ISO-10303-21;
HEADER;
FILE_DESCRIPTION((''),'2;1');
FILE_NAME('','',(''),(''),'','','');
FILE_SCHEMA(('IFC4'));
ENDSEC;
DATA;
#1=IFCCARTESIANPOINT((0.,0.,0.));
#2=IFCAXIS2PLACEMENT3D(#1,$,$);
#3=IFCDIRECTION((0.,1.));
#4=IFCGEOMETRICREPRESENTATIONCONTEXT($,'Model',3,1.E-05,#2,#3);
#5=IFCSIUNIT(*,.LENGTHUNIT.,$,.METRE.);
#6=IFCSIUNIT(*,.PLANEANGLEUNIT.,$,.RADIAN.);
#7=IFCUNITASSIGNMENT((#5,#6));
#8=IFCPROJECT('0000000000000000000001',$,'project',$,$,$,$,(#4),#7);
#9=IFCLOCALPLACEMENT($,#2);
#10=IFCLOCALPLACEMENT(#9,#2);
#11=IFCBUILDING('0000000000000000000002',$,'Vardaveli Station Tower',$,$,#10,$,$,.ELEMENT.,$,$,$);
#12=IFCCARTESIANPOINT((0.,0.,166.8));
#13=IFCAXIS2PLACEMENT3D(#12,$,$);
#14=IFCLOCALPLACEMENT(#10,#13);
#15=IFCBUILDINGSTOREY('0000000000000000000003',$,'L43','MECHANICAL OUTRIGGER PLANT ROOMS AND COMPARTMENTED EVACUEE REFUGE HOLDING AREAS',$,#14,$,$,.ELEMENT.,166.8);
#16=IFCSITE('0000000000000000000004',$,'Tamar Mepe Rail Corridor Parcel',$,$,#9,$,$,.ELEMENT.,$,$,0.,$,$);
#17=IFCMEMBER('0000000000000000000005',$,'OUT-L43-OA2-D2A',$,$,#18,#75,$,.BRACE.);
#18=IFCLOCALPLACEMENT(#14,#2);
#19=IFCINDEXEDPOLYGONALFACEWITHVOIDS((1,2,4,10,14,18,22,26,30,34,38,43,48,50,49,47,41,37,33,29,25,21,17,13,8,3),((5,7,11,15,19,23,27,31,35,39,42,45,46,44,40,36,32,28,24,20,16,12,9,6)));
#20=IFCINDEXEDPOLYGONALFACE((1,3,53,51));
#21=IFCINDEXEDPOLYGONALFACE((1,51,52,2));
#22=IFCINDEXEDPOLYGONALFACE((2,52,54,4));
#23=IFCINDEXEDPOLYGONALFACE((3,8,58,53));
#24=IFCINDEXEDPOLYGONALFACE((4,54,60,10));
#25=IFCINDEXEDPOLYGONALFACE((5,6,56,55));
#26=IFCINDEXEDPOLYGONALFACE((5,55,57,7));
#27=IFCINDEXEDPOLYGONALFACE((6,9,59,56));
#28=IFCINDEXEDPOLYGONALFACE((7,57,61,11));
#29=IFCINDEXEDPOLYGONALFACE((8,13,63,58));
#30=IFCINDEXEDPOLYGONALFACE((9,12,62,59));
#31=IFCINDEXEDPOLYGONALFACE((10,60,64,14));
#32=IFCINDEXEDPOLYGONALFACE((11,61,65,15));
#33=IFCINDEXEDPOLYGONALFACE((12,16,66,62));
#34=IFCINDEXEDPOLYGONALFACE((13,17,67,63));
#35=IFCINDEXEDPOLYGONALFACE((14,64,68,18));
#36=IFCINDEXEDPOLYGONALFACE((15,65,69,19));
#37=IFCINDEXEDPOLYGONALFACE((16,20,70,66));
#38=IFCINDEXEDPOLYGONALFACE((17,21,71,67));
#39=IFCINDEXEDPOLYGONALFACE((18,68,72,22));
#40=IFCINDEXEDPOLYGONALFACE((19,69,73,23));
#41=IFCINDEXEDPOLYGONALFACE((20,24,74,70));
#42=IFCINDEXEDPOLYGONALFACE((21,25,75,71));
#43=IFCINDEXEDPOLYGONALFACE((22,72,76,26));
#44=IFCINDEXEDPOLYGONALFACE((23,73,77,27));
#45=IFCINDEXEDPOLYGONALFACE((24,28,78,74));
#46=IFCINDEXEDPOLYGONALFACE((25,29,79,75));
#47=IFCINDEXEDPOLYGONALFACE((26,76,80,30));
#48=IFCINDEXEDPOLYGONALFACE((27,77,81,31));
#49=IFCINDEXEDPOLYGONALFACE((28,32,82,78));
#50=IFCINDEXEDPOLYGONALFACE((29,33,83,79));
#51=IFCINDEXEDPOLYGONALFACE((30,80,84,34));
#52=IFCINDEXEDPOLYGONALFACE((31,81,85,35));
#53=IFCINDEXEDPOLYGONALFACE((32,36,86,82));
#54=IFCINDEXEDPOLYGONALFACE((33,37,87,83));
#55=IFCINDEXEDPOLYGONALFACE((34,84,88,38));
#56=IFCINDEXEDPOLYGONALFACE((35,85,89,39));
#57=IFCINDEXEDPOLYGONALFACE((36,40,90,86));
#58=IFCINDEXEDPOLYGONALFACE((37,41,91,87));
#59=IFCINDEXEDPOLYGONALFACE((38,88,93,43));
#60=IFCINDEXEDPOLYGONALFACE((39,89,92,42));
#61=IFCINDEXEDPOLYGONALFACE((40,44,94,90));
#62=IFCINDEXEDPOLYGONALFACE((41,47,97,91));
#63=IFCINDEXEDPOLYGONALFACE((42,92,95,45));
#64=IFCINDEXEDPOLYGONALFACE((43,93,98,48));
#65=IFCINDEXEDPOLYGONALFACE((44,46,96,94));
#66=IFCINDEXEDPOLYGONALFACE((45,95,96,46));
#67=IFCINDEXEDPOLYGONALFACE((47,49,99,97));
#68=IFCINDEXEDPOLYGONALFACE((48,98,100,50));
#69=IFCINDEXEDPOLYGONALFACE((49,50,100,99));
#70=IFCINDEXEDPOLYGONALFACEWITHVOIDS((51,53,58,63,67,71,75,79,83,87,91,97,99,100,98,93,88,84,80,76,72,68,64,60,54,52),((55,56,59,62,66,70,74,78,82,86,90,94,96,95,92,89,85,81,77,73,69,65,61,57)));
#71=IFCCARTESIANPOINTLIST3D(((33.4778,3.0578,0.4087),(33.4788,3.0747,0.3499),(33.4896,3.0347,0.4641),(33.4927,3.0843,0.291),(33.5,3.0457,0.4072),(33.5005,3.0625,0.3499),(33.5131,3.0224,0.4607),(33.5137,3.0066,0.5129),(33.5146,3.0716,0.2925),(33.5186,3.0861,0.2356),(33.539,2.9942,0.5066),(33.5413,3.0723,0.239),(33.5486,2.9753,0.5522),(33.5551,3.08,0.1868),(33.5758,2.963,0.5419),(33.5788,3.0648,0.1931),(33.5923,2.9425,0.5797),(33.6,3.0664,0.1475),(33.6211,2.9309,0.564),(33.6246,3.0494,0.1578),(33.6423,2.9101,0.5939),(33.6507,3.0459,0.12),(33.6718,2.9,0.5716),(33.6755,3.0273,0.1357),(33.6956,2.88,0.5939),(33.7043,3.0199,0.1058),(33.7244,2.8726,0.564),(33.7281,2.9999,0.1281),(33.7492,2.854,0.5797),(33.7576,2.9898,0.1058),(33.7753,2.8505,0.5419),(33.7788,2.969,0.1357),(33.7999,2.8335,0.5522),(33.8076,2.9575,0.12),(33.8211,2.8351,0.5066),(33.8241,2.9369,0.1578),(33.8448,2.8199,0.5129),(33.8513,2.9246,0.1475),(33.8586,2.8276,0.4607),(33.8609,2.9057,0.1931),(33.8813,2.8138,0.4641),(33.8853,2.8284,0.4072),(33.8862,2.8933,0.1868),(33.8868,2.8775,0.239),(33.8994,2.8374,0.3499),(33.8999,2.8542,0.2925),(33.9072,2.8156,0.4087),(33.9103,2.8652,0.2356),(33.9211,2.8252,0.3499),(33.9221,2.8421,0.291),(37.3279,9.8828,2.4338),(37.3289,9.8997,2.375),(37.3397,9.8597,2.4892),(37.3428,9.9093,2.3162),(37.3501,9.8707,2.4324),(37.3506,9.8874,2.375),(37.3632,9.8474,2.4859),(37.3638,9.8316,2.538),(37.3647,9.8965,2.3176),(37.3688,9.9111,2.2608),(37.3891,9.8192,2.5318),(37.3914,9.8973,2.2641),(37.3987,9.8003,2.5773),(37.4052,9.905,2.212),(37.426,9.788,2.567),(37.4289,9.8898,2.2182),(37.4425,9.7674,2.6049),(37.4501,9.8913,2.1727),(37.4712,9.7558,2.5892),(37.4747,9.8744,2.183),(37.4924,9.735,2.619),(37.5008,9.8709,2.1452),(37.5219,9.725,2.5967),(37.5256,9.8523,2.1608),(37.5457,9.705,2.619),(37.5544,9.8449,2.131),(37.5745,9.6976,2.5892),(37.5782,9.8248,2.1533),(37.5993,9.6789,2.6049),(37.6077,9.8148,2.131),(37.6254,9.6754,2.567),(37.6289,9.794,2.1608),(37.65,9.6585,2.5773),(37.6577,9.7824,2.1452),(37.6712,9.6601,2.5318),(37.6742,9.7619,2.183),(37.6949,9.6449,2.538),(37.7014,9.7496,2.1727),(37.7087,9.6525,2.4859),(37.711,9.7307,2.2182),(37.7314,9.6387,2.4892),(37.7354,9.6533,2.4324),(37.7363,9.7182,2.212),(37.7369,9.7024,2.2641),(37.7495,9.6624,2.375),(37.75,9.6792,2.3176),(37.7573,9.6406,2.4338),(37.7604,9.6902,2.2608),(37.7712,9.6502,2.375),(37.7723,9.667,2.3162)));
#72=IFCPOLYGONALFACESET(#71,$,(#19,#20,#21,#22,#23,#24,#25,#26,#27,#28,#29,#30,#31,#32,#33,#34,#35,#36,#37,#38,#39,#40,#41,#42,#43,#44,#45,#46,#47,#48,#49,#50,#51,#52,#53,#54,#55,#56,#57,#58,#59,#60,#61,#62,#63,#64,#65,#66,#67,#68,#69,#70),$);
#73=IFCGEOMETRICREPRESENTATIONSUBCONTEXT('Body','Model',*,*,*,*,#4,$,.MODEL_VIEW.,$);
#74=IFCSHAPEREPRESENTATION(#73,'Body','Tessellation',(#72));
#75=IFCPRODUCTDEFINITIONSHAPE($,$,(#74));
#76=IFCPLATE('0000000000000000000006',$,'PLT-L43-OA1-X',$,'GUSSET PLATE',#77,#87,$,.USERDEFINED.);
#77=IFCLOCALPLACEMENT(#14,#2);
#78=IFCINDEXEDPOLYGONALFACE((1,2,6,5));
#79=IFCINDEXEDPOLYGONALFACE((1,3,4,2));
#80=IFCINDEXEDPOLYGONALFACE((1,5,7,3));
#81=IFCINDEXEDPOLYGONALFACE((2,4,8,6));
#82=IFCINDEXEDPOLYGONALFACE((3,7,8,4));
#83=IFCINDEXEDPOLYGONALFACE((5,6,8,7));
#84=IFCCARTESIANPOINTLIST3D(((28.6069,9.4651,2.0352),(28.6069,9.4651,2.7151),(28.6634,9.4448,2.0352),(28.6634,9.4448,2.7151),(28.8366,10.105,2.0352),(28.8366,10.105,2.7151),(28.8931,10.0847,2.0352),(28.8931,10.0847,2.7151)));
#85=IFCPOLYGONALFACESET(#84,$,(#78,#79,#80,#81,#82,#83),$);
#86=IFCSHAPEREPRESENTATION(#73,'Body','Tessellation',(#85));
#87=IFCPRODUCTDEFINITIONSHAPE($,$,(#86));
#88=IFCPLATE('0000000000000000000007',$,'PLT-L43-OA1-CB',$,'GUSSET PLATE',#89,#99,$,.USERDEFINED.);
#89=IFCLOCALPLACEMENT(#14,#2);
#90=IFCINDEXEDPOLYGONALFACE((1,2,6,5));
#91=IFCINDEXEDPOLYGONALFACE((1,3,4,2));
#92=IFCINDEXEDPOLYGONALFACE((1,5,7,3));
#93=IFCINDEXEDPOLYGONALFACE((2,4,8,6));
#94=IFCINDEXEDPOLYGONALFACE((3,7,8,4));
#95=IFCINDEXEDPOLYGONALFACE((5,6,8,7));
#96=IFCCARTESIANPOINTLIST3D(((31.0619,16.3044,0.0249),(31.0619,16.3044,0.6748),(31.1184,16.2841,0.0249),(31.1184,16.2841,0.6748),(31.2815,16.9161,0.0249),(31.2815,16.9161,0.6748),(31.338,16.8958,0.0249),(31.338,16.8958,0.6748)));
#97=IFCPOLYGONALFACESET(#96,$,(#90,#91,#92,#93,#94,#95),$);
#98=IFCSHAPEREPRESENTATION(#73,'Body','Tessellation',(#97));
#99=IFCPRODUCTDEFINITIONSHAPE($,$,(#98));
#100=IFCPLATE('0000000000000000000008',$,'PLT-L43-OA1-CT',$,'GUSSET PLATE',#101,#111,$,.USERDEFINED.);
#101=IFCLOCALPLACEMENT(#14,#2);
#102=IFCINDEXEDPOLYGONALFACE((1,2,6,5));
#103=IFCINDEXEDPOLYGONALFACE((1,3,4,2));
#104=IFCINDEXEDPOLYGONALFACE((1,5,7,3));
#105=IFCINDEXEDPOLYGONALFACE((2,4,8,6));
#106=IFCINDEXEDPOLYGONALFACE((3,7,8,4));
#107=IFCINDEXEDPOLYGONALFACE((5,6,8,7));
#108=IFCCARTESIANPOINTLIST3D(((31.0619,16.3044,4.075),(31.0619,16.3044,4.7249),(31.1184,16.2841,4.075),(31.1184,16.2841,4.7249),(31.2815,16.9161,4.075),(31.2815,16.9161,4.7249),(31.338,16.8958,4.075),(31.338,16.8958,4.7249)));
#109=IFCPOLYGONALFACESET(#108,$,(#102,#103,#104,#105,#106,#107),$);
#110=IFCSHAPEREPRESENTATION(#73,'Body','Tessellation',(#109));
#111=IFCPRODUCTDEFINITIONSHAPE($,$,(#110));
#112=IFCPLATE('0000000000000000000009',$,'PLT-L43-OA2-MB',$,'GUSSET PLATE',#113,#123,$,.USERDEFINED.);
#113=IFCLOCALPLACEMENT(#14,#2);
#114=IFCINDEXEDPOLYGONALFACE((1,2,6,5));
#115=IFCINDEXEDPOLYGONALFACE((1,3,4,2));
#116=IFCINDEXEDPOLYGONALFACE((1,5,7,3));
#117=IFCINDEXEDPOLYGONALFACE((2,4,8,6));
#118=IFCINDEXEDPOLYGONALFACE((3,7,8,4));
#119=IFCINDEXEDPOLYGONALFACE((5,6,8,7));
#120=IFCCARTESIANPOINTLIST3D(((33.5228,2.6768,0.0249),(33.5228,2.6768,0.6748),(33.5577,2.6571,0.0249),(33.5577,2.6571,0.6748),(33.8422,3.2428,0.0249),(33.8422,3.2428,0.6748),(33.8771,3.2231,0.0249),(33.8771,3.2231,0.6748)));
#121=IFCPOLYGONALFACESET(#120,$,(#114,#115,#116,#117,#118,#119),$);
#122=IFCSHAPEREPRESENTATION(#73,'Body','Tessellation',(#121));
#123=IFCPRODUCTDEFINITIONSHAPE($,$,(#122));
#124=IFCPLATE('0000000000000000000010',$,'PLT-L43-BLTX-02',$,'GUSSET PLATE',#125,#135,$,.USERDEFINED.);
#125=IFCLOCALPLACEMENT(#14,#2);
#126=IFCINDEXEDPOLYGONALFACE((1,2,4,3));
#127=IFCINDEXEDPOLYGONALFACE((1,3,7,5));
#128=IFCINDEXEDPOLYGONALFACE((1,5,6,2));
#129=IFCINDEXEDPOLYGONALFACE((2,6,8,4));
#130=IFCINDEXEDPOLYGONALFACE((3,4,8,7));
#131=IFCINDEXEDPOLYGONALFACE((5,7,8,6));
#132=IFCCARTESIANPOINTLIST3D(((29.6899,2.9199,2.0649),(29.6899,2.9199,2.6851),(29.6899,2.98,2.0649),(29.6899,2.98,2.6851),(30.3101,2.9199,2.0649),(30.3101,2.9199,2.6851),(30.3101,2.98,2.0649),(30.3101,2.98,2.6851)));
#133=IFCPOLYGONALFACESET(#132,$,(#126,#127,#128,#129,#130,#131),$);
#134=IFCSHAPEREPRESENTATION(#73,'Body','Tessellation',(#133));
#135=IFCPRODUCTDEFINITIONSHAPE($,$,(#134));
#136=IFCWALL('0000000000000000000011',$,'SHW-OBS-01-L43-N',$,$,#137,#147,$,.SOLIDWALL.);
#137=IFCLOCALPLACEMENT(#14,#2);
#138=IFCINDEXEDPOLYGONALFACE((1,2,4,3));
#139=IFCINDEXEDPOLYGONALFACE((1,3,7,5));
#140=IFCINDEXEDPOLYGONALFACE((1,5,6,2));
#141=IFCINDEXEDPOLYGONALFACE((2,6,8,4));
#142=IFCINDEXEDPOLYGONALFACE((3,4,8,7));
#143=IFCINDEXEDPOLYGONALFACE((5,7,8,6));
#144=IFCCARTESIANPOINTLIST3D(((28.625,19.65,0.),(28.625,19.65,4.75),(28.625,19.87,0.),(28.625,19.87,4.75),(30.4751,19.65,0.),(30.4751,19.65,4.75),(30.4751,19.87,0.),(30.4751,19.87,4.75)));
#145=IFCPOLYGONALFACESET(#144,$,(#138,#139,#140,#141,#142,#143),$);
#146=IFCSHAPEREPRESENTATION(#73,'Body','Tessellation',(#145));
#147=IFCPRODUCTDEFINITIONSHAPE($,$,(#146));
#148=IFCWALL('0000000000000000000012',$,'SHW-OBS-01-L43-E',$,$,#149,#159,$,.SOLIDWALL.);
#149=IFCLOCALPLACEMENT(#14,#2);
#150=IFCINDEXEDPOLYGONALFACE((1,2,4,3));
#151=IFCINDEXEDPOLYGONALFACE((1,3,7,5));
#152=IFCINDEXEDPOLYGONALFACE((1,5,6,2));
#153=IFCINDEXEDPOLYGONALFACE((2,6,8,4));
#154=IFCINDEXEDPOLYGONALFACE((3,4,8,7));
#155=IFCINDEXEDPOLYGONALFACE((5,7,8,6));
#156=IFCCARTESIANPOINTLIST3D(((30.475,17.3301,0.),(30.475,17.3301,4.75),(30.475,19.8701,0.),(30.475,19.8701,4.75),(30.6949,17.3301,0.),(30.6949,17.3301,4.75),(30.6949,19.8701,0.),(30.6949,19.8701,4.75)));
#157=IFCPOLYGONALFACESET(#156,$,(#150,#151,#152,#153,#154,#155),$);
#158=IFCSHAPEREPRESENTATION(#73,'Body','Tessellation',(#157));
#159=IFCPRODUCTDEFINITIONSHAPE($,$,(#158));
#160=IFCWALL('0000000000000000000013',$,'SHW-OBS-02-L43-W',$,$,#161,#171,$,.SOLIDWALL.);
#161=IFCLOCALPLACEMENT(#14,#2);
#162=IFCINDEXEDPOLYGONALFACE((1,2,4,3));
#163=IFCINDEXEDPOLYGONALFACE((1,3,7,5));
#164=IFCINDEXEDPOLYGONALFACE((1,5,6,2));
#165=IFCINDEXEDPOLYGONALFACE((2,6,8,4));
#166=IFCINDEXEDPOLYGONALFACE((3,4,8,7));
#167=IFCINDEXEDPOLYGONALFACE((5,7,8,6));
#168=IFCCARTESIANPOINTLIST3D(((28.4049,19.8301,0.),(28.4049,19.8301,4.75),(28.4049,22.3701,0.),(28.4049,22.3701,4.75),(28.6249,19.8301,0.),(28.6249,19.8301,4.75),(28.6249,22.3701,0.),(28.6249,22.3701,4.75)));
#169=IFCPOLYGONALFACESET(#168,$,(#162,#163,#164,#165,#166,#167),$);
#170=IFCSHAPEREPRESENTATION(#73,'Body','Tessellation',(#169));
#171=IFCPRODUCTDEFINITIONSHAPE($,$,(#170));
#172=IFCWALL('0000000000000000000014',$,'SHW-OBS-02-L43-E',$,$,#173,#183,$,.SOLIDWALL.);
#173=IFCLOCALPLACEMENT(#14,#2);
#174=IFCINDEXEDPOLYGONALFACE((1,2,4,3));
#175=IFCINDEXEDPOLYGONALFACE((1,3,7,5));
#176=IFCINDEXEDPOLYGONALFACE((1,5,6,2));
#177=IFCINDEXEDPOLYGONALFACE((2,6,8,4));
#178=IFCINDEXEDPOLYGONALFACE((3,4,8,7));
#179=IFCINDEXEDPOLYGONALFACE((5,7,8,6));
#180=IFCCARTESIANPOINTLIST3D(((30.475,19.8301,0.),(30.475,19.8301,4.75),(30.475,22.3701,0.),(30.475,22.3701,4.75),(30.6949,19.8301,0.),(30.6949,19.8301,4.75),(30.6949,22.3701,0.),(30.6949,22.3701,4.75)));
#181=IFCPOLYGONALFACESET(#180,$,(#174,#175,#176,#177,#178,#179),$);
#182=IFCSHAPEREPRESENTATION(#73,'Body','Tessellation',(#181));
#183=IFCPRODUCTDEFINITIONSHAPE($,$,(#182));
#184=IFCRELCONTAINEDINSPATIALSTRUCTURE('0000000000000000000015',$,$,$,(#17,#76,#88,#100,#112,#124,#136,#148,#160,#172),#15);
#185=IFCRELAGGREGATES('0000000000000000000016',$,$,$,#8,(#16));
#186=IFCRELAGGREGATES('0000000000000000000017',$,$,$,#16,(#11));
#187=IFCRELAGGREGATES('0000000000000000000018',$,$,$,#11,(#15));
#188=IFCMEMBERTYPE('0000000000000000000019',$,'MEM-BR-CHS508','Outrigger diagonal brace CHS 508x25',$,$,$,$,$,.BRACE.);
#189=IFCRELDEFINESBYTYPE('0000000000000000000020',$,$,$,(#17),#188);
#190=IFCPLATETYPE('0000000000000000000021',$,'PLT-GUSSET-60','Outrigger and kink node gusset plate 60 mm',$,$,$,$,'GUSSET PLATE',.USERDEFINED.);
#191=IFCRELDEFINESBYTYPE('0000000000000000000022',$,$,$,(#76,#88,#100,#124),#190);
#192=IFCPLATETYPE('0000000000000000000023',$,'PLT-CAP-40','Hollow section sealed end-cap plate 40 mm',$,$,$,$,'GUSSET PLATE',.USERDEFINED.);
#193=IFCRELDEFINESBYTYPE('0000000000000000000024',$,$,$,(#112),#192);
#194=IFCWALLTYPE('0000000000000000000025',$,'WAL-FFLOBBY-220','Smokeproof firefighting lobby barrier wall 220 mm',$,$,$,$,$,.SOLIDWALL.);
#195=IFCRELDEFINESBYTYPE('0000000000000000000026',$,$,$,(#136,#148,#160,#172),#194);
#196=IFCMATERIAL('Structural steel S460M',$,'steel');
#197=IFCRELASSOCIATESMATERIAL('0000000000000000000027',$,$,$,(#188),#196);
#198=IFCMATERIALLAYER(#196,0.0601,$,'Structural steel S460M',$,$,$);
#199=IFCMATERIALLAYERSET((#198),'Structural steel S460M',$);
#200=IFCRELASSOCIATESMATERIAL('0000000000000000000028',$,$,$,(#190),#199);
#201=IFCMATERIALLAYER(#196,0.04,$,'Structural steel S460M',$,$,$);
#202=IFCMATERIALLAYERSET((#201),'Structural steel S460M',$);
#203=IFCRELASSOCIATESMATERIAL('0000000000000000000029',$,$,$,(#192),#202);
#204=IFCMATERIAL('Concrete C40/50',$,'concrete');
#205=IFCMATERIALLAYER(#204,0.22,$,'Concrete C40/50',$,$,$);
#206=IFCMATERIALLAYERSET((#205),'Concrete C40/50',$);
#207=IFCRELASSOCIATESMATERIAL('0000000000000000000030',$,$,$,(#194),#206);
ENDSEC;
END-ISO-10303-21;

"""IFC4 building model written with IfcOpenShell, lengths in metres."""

from ifc_helpers import new_model, si_unit, direction, frame, frame_2d, origin, origin_2d, place, context, subcontext, project, spatial, rectangle, hollow_circle, extrude, source, transform, mapped, material, layer, layer_set, material_profile, profile_set, type_object, element, save


model = new_model("IFC4")

# Units and contexts
model_context = context("Model", 3, precision=1e-05, world=origin(), true_north=direction((0.0, 1.0)))
body_context = subcontext(model_context, "Body", "Model", "MODEL_VIEW")
ifc_project = project(units=[si_unit("LENGTHUNIT", "METRE"), si_unit("PLANEANGLEUNIT", "RADIAN")], contexts=[model_context])

# Site, building, storey
site_placement = place(None, origin())
site = spatial("IfcSite", under=ifc_project, at=site_placement, Name="Tamar Mepe Rail Corridor Parcel", CompositionType="ELEMENT", RefElevation=0.0)
building_placement = place(site_placement, origin())
building = spatial("IfcBuilding", under=site, at=building_placement, Name="Vardaveli Station Tower", CompositionType="ELEMENT")
storey_placement = place(building_placement, frame((0.0, 0.0, 166.8)))
storey = spatial("IfcBuildingStorey", under=building, at=storey_placement, Name="L43", Description="MECHANICAL OUTRIGGER PLANT ROOMS AND COMPARTMENTED EVACUEE REFUGE HOLDING AREAS", CompositionType="ELEMENT", Elevation=166.8)

# Shared definitions
ifc_material_1 = material(Name="Structural steel S460M", Category="steel")

# Member
ifc_material_profile_1 = material_profile(ifc_material_1, hollow_circle(Radius=0.2539, WallThickness=0.0249, at=origin_2d()), Name="CHS 508x25")
ifc_profile_set_1 = profile_set([ifc_material_profile_1], Name="Structural steel S460M")
member_type_1 = type_object("IfcMemberType", Name="MEM-BR-CHS508", Description="Outrigger diagonal brace CHS 508x25", PredefinedType="BRACE", material=ifc_profile_set_1)
shared_shape_1 = source(origin(), body_context, "Body", "SweptSolid", [
    extrude(hollow_circle(Radius=0.2539, WallThickness=0.0249, at=origin_2d()), origin(), (0.0, 0.0, 1.0), 8.0935),
])
member_1_placement = place(storey_placement, frame((33.7, 2.95, 0.3499), z_axis=(0.475704, 0.843265, 0.250219), x_axis=(-0.870972, 0.491333, 0.0)))
element("IfcMember", 1, at=member_1_placement, inside=storey, type_object=member_type_1, Name="OUT-L43-OA2-D2A", PredefinedType="BRACE", context=body_context, shape_type="MappedRepresentation", body=[
    mapped(shared_shape_1, transform((0.0, 0.0, 0.0), scale=1.0)),
])

# Plates
ifc_layer_1 = layer(ifc_material_1, 0.0601, Name="Structural steel S460M")
ifc_layer_set_1 = layer_set([ifc_layer_1], Name="Structural steel S460M")
plate_type_1 = type_object("IfcPlateType", Name="PLT-GUSSET-60", Description="Outrigger and kink node gusset plate 60 mm", ElementType="GUSSET PLATE", PredefinedType="USERDEFINED", material=ifc_layer_set_1)
shared_shape_2 = source(origin(), body_context, "Body", "SweptSolid", [
    extrude(rectangle(XDim=0.6799, YDim=0.0601, at=origin_2d()), origin(), (0.0, 0.0, 1.0), 0.6799),
])
plate_1_placement = place(storey_placement, frame((28.75, 9.7749, 2.0352), z_axis=(0.0, 0.0, 1.0), x_axis=(-0.337917, -0.941176, 0.0)))
element("IfcPlate", 2, at=plate_1_placement, inside=storey, type_object=plate_type_1, Name="PLT-L43-OA1-X", ObjectType="GUSSET PLATE", PredefinedType="USERDEFINED", context=body_context, shape_type="MappedRepresentation", body=[
    mapped(shared_shape_2, transform((0.0, 0.0, 0.0), scale=1.0)),
])
shared_shape_3 = source(origin(), body_context, "Body", "SweptSolid", [
    extrude(rectangle(XDim=0.6499, YDim=0.0601, at=origin_2d()), origin(), (0.0, 0.0, 1.0), 0.6499),
])
for number, where, z_axis, x_axis, name in (
    (3, (31.2, 16.6001, 0.0249), (0.0, 0.0, 1.0), (-0.337917, -0.941176, 0.0), "PLT-L43-OA1-CB"),
    (4, (31.2, 16.6001, 4.075), (0.0, 0.0, 1.0), (-0.337917, -0.941176, 0.0), "PLT-L43-OA1-CT"),
):
    element("IfcPlate", number, at=place(storey_placement, frame(where, z_axis=z_axis, x_axis=x_axis)), inside=storey, type_object=plate_type_1, Name=name, ObjectType="GUSSET PLATE", PredefinedType="USERDEFINED", context=body_context, shape_type="MappedRepresentation", body=[
        mapped(shared_shape_3, transform((0.0, 0.0, 0.0), scale=1.0)),
    ])
ifc_layer_2 = layer(ifc_material_1, 0.04, Name="Structural steel S460M")
ifc_layer_set_2 = layer_set([ifc_layer_2], Name="Structural steel S460M")
plate_type_2 = type_object("IfcPlateType", Name="PLT-CAP-40", Description="Hollow section sealed end-cap plate 40 mm", ElementType="GUSSET PLATE", PredefinedType="USERDEFINED", material=ifc_layer_set_2)
shared_shape_4 = source(origin(), body_context, "Body", "SweptSolid", [
    extrude(rectangle(XDim=0.6499, YDim=0.04, at=origin_2d()), origin(), (0.0, 0.0, 1.0), 0.6499),
])
plate_2_placement = place(storey_placement, frame((33.7, 2.95, 0.0249), z_axis=(0.0, 0.0, 1.0), x_axis=(-0.49136, -0.870957, 0.0)))
element("IfcPlate", 5, at=plate_2_placement, inside=storey, type_object=plate_type_2, Name="PLT-L43-OA2-MB", ObjectType="GUSSET PLATE", PredefinedType="USERDEFINED", context=body_context, shape_type="MappedRepresentation", body=[
    mapped(shared_shape_4, transform((0.0, 0.0, 0.0), scale=1.0)),
])
shared_shape_5 = source(origin(), body_context, "Body", "SweptSolid", [
    extrude(rectangle(XDim=0.6201, YDim=0.0601, at=origin_2d()), origin(), (0.0, 0.0, 1.0), 0.6201),
])
plate_3_placement = place(storey_placement, frame((30.0, 2.95, 2.0649), z_axis=(0.0, 0.0, 1.0), x_axis=(1.0, 0.0, 0.0)))
element("IfcPlate", 6, at=plate_3_placement, inside=storey, type_object=plate_type_1, Name="PLT-L43-BLTX-02", ObjectType="GUSSET PLATE", PredefinedType="USERDEFINED", context=body_context, shape_type="MappedRepresentation", body=[
    mapped(shared_shape_5, transform((0.0, 0.0, 0.0), scale=1.0)),
])

# Walls
ifc_material_2 = material(Name="Concrete C40/50", Category="concrete")
ifc_layer_3 = layer(ifc_material_2, 0.22, Name="Concrete C40/50")
ifc_layer_set_3 = layer_set([ifc_layer_3], Name="Concrete C40/50")
wall_type = type_object("IfcWallType", Name="WAL-FFLOBBY-220", Description="Smokeproof firefighting lobby barrier wall 220 mm", PredefinedType="SOLIDWALL", material=ifc_layer_set_3)
shared_shape_6 = source(origin(), body_context, "Body", "SweptSolid", [
    extrude(rectangle(XDim=1.8501, YDim=0.22, at=frame_2d((0.925, 0.0))), origin(), (0.0, 0.0, 1.0), 4.75),
])
wall_1_placement = place(storey_placement, frame((28.625, 19.76, 0.0), z_axis=(0.0, 0.0, 1.0), x_axis=(1.0, 0.0, 0.0)))
element("IfcWall", 7, at=wall_1_placement, inside=storey, type_object=wall_type, Name="SHW-OBS-01-L43-N", PredefinedType="SOLIDWALL", context=body_context, shape_type="MappedRepresentation", body=[
    mapped(shared_shape_6, transform((0.0, 0.0, 0.0), scale=1.0)),
])
shared_shape_7 = source(origin(), body_context, "Body", "SweptSolid", [
    extrude(rectangle(XDim=2.54, YDim=0.22, at=frame_2d((1.27, 0.0))), origin(), (0.0, 0.0, 1.0), 4.75),
])
for number, where, z_axis, x_axis, name in (
    (8, (30.585, 17.3301, 0.0), (0.0, 0.0, 1.0), (0.0, 1.0, 0.0), "SHW-OBS-01-L43-E"),
    (9, (28.5149, 19.8301, 0.0), (0.0, 0.0, 1.0), (0.0, 1.0, 0.0), "SHW-OBS-02-L43-W"),
    (10, (30.585, 19.8301, 0.0), (0.0, 0.0, 1.0), (0.0, 1.0, 0.0), "SHW-OBS-02-L43-E"),
):
    element("IfcWall", number, at=place(storey_placement, frame(where, z_axis=z_axis, x_axis=x_axis)), inside=storey, type_object=wall_type, Name=name, PredefinedType="SOLIDWALL", context=body_context, shape_type="MappedRepresentation", body=[
        mapped(shared_shape_7, transform((0.0, 0.0, 0.0), scale=1.0)),
    ])

save(model, "model.ifc")
